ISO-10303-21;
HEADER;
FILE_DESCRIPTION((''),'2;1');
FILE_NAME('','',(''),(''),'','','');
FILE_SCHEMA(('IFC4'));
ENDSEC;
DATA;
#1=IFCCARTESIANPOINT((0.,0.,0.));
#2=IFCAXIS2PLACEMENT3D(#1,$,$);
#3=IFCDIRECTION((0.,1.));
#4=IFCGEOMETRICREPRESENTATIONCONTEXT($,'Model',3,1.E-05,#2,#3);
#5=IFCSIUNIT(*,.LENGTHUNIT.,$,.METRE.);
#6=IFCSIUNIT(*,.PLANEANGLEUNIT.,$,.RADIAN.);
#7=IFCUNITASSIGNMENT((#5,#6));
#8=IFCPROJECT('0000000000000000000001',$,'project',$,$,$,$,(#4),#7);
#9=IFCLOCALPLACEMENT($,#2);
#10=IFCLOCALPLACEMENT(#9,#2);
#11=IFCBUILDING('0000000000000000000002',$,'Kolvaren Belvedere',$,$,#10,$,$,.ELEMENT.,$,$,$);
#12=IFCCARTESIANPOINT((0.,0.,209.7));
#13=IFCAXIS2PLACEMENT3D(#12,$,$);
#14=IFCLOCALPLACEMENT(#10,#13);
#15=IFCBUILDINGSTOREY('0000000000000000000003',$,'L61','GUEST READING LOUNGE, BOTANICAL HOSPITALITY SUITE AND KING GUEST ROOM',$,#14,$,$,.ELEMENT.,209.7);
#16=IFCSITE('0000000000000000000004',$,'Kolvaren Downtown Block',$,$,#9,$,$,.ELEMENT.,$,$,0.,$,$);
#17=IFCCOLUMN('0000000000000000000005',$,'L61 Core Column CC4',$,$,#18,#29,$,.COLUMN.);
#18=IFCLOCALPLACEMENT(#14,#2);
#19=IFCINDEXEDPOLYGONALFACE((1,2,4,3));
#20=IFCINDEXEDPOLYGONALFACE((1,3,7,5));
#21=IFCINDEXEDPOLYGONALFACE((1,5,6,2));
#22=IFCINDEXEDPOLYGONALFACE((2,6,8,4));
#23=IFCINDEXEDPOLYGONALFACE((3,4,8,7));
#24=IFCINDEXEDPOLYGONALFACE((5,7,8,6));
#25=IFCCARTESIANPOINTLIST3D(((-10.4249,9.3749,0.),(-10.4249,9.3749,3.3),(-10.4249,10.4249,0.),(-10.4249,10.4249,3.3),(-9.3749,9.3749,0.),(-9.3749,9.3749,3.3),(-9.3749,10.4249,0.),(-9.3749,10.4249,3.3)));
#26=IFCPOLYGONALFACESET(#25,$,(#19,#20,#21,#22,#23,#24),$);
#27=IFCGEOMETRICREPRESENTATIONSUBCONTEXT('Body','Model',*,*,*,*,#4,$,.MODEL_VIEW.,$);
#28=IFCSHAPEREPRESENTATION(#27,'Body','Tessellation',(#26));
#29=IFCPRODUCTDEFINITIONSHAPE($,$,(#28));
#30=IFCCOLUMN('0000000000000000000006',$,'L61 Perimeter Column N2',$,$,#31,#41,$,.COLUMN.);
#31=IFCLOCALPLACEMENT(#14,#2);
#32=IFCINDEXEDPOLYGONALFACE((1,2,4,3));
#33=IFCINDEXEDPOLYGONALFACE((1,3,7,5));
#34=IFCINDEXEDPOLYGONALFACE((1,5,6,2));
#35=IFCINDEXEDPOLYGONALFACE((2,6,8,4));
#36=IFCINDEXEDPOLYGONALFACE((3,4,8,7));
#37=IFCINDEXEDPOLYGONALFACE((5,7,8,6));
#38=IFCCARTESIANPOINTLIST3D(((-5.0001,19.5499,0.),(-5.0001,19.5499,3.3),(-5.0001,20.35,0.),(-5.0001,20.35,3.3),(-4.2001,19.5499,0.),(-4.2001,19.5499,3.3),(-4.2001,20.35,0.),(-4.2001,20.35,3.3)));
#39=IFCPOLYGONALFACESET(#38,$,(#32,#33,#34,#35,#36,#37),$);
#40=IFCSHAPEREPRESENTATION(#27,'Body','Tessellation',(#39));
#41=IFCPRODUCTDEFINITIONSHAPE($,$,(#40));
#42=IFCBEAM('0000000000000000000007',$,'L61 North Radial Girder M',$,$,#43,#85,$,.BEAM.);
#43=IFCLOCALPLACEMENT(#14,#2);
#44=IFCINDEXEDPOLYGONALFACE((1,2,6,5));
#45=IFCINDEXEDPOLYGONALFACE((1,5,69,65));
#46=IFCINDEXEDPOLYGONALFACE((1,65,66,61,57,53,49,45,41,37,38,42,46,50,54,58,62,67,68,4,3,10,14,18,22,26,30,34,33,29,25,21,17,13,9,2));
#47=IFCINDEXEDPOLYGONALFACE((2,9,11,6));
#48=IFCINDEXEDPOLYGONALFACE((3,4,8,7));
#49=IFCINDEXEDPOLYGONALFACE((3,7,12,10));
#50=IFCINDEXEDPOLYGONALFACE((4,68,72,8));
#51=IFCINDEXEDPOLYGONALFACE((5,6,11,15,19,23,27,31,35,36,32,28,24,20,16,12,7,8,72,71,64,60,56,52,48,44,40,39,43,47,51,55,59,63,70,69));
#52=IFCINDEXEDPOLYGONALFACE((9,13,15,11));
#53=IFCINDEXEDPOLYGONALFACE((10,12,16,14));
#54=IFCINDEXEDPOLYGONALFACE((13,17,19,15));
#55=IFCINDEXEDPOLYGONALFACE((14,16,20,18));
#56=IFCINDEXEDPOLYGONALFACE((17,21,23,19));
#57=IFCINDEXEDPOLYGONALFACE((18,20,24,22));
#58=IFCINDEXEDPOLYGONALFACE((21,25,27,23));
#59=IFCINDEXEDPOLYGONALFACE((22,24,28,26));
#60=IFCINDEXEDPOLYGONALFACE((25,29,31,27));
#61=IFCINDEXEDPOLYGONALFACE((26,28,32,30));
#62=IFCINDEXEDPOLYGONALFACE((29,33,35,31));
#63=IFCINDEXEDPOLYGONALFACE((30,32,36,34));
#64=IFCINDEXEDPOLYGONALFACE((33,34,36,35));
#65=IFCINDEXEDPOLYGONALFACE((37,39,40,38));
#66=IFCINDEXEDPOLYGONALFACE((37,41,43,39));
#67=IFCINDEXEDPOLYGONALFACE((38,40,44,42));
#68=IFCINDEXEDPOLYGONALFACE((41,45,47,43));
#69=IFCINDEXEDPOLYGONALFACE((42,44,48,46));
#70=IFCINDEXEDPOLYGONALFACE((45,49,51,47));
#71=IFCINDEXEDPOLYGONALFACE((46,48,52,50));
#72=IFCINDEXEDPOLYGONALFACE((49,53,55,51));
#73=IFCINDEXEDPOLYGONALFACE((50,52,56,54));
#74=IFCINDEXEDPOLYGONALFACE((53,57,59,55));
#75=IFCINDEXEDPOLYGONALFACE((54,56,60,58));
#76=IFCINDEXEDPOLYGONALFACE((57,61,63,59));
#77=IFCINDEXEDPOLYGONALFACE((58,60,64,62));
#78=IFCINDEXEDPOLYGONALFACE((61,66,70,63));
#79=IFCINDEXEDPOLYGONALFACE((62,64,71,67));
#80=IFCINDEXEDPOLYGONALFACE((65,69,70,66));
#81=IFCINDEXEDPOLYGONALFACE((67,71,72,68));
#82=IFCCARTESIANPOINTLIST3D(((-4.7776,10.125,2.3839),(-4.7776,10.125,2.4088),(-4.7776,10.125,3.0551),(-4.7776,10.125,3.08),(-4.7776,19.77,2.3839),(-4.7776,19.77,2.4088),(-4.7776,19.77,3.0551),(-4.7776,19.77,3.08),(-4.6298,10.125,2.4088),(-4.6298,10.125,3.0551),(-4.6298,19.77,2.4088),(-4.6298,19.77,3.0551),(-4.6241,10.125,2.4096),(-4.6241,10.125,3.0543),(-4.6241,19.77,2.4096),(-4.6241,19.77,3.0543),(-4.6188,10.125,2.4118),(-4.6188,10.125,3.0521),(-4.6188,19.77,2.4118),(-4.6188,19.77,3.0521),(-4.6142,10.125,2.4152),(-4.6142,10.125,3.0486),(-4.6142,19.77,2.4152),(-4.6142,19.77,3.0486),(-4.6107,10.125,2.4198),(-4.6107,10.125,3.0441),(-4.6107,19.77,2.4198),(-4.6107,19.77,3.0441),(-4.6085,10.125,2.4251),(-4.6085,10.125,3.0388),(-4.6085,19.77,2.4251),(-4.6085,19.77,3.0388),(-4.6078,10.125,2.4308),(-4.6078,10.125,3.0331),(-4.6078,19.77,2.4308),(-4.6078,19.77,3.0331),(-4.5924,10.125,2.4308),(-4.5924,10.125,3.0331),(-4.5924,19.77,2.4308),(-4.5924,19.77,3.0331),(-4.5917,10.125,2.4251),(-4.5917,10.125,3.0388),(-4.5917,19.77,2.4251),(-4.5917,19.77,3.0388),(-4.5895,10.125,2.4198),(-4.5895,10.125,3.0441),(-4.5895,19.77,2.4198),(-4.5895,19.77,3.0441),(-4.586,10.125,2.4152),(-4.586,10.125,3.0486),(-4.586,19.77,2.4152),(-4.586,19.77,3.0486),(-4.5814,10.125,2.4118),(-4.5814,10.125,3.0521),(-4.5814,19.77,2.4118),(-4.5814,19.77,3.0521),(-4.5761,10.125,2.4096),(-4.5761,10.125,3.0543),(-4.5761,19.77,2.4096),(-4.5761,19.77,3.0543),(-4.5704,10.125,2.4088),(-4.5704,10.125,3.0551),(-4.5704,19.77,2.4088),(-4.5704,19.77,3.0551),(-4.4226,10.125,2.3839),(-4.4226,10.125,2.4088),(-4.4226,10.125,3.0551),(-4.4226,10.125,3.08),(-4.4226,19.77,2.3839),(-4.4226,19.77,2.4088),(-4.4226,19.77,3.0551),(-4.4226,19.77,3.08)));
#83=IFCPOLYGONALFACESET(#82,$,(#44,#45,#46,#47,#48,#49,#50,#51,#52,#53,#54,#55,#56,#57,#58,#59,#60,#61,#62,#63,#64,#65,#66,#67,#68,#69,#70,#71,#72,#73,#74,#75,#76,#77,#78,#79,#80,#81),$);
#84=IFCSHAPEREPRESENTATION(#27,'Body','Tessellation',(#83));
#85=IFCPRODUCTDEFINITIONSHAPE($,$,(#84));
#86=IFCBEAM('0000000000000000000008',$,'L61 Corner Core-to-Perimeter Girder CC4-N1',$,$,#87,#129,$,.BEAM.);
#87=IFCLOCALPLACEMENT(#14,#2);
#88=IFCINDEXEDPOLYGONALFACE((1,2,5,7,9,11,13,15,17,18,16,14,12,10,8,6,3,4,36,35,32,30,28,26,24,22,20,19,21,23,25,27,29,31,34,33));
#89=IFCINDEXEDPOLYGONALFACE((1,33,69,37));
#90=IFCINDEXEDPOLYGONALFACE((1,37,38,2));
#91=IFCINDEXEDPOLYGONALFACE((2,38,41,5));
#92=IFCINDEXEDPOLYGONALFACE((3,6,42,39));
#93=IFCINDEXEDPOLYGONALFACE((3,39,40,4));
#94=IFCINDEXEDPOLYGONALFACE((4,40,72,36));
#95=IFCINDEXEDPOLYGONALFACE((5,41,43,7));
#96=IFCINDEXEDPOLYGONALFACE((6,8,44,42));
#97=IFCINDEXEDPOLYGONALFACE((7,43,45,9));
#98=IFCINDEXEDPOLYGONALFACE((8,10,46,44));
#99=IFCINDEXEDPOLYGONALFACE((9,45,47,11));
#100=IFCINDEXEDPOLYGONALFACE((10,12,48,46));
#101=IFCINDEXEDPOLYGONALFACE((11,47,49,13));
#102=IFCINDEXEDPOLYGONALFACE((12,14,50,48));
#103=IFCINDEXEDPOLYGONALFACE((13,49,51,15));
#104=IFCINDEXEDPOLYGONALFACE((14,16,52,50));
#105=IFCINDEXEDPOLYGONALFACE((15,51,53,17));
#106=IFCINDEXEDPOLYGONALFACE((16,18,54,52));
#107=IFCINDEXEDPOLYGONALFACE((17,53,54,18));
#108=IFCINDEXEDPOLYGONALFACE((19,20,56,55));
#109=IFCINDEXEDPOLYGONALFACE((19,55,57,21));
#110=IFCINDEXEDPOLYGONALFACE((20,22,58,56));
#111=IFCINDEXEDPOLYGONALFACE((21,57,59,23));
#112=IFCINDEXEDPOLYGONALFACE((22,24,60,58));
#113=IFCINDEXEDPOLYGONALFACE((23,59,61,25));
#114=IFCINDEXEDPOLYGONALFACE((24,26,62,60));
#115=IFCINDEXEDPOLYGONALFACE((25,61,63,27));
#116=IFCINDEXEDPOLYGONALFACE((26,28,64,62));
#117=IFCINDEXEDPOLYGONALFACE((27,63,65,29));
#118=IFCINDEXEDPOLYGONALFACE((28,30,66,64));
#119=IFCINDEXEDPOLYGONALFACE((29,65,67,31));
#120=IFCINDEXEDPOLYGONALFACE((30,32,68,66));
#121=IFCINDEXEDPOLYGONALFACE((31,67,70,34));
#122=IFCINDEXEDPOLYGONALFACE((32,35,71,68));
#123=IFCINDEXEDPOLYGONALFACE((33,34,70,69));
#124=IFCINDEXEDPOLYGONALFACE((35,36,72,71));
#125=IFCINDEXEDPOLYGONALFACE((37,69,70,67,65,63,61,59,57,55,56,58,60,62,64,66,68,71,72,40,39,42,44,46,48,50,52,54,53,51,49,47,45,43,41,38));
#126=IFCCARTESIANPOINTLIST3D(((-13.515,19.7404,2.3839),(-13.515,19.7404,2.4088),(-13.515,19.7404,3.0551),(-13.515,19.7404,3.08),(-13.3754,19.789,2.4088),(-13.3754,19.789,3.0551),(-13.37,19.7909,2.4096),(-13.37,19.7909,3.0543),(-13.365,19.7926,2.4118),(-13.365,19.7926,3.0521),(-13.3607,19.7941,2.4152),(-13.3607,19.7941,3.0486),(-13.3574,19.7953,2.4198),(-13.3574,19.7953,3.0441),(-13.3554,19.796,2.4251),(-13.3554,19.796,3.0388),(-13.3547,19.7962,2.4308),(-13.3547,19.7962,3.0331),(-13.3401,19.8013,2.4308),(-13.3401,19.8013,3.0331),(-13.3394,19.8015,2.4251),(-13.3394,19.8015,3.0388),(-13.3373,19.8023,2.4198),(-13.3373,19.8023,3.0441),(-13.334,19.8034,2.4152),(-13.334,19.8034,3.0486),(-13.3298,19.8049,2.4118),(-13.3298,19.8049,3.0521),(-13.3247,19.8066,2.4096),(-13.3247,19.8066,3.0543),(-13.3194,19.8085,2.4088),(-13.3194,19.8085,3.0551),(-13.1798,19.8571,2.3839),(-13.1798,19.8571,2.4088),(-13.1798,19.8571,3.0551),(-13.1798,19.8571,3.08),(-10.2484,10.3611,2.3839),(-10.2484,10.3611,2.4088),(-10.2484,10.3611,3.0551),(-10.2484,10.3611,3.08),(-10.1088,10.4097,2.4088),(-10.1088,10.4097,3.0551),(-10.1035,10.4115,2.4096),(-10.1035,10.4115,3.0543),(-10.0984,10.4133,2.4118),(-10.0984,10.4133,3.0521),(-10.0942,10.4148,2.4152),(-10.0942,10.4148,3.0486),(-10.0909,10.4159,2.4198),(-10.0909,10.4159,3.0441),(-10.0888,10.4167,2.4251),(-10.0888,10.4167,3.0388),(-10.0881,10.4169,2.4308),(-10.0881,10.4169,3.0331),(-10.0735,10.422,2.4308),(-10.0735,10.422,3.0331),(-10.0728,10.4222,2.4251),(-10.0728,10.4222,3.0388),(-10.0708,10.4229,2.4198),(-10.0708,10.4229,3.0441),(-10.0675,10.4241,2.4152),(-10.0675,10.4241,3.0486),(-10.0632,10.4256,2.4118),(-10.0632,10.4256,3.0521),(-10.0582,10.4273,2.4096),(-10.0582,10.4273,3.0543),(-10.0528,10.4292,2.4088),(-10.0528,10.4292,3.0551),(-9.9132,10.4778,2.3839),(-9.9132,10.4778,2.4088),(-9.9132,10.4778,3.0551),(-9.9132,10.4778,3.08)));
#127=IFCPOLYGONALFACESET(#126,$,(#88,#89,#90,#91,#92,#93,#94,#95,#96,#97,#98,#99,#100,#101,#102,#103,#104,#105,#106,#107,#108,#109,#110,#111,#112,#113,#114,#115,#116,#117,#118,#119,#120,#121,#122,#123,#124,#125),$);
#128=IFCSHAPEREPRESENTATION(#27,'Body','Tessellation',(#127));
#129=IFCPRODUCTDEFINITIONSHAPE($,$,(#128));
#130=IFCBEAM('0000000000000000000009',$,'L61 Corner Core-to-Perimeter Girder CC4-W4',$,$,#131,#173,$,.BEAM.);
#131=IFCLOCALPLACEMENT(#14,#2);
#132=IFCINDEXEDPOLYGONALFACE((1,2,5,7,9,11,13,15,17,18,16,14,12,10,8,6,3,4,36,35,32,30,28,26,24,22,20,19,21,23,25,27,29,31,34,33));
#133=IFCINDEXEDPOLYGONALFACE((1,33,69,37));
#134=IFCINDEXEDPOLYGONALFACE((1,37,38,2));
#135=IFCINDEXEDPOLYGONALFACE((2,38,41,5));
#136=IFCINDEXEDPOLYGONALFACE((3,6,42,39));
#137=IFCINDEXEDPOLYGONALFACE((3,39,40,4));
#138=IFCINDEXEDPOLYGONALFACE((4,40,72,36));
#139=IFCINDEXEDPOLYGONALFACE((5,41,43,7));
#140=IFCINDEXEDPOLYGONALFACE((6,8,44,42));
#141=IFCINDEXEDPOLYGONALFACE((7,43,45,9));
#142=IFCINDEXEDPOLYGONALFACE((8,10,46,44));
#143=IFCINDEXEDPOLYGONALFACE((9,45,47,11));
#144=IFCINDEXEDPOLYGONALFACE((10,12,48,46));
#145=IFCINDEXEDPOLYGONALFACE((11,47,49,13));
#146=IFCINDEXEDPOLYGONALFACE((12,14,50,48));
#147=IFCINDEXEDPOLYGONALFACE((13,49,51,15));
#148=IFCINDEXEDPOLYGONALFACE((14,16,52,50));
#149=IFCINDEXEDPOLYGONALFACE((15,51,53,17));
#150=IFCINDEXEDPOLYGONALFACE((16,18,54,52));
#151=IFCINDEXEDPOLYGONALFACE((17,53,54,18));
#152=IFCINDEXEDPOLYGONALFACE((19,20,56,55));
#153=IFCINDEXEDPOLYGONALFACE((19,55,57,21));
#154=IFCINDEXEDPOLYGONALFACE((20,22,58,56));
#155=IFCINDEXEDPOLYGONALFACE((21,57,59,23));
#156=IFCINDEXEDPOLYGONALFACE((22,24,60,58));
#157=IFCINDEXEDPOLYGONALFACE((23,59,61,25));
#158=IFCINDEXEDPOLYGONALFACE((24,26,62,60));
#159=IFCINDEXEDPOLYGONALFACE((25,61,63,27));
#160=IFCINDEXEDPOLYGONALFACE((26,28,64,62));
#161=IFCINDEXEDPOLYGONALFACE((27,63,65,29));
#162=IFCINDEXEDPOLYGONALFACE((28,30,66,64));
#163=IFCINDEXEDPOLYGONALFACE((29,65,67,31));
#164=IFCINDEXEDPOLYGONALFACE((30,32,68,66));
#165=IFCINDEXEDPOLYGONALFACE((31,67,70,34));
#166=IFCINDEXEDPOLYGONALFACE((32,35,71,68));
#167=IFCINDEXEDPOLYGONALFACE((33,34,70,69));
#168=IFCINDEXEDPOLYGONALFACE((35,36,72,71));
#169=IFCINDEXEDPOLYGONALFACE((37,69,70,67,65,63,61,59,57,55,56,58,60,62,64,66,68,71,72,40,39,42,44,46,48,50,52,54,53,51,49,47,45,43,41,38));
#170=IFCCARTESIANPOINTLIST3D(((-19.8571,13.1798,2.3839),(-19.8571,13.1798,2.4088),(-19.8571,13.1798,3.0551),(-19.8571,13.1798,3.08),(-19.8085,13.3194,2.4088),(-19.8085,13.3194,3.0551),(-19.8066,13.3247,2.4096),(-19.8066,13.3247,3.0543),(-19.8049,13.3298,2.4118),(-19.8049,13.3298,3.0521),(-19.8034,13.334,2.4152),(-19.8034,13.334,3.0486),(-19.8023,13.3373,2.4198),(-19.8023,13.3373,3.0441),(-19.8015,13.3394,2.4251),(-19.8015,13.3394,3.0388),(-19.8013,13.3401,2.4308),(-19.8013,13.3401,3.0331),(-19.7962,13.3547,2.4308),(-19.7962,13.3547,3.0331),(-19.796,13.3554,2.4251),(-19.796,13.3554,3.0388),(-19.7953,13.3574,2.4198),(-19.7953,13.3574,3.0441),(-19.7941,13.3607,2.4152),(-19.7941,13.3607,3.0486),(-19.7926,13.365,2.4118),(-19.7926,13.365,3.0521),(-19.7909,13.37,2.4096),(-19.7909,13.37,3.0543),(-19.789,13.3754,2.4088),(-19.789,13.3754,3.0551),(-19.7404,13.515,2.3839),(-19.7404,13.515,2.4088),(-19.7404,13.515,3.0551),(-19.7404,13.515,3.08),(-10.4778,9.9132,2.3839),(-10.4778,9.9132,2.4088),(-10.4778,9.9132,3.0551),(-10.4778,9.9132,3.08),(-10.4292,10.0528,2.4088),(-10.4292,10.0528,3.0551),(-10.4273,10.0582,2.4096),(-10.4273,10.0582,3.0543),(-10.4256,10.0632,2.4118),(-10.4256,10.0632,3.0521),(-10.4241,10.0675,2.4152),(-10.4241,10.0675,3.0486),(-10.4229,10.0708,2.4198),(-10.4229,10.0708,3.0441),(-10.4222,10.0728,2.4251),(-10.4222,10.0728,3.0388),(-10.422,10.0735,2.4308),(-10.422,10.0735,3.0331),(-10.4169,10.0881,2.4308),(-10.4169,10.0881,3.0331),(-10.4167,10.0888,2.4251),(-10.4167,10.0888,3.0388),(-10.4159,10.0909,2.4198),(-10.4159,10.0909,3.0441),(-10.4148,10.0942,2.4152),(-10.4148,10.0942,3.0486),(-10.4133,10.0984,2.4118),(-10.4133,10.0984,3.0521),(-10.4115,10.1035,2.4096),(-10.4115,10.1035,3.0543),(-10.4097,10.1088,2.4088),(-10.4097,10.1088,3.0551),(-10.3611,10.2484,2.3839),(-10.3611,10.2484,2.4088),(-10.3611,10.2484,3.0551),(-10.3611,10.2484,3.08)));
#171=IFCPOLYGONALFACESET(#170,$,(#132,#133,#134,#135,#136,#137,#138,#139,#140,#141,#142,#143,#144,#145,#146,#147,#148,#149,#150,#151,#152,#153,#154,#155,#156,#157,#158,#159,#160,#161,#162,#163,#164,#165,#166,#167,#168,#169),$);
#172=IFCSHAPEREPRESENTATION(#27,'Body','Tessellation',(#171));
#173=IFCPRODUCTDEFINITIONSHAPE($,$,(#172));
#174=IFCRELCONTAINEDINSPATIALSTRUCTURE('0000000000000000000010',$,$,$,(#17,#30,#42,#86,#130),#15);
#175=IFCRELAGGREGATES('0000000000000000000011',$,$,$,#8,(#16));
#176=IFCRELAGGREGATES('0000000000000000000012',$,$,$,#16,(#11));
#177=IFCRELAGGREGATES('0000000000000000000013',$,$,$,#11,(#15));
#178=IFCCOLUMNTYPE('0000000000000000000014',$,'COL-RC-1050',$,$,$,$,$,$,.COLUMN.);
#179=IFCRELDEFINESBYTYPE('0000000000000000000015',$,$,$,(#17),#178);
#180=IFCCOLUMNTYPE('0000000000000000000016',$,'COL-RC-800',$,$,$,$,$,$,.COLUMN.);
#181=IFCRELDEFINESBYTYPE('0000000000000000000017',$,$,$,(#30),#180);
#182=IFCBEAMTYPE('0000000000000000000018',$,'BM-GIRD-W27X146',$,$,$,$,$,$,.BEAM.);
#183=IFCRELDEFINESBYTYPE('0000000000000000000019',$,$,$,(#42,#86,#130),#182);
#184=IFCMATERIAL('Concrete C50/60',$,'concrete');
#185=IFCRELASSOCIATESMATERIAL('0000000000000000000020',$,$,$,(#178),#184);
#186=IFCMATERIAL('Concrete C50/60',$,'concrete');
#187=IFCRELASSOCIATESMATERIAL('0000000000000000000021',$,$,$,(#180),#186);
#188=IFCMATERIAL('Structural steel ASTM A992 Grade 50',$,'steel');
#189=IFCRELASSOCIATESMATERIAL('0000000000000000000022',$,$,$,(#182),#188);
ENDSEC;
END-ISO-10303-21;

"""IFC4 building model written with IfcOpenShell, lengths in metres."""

from ifc_helpers import new_model, si_unit, direction, frame, origin, origin_2d, place, context, subcontext, project, spatial, rectangle, i_section, extrude, material, material_profile, profile_set, type_object, element, save


model = new_model("IFC4")

# Units and contexts
model_context = context("Model", 3, precision=1e-05, world=origin(), true_north=direction((0.0, 1.0)))
body_context = subcontext(model_context, "Body", "Model", "MODEL_VIEW")
ifc_project = project(units=[si_unit("LENGTHUNIT", "METRE"), si_unit("PLANEANGLEUNIT", "RADIAN")], contexts=[model_context])

# Site, building, storey
site_placement = place(None, origin())
site = spatial("IfcSite", under=ifc_project, at=site_placement, Name="Kolvaren Downtown Block", CompositionType="ELEMENT", RefElevation=0.0)
building_placement = place(site_placement, origin())
building = spatial("IfcBuilding", under=site, at=building_placement, Name="Kolvaren Belvedere", CompositionType="ELEMENT")
storey_placement = place(building_placement, frame((0.0, 0.0, 209.7)))
storey = spatial("IfcBuildingStorey", under=building, at=storey_placement, Name="L61", Description="GUEST READING LOUNGE, BOTANICAL HOSPITALITY SUITE AND KING GUEST ROOM", CompositionType="ELEMENT", Elevation=209.7)

# Columns
ifc_material_1 = material(Name="Concrete C50/60", Category="concrete")
ifc_material_profile_1 = material_profile(ifc_material_1, rectangle(XDim=1.05, YDim=1.05, at=origin_2d()), Name="RC 1050X1050")
ifc_profile_set_1 = profile_set([ifc_material_profile_1], Name="Concrete C50/60")
column_type_1 = type_object("IfcColumnType", Name="COL-RC-1050", PredefinedType="COLUMN", material=ifc_profile_set_1)
column_1_placement = place(storey_placement, frame((-9.8999, 9.8999, 0.0), z_axis=(0.0, 0.0, 1.0), x_axis=(1.0, 0.0, 0.0)))
element("IfcColumn", 1, at=column_1_placement, inside=storey, type_object=column_type_1, Name="L61 Core Column CC4", PredefinedType="COLUMN", context=body_context, shape_type="SweptSolid", body=[
    extrude(rectangle(XDim=1.05, YDim=1.05, at=origin_2d()), origin(), (0.0, 0.0, 1.0), 3.3),
])
ifc_material_2 = material(Name="Concrete C50/60", Category="concrete")
ifc_material_profile_2 = material_profile(ifc_material_2, rectangle(XDim=0.8, YDim=0.8, at=origin_2d()), Name="RC 800X800")
ifc_profile_set_2 = profile_set([ifc_material_profile_2], Name="Concrete C50/60")
column_type_2 = type_object("IfcColumnType", Name="COL-RC-800", PredefinedType="COLUMN", material=ifc_profile_set_2)
column_2_placement = place(storey_placement, frame((-4.6001, 19.95, 0.0), z_axis=(0.0, 0.0, 1.0), x_axis=(1.0, 0.0, 0.0)))
element("IfcColumn", 2, at=column_2_placement, inside=storey, type_object=column_type_2, Name="L61 Perimeter Column N2", PredefinedType="COLUMN", context=body_context, shape_type="SweptSolid", body=[
    extrude(rectangle(XDim=0.8, YDim=0.8, at=origin_2d()), origin(), (0.0, 0.0, 1.0), 3.3),
])

# Beams
ifc_material_3 = material(Name="Structural steel ASTM A992 Grade 50", Category="steel")
ifc_material_profile_3 = material_profile(ifc_material_3, i_section(OverallWidth=0.355, OverallDepth=0.696, WebThickness=0.0154, FlangeThickness=0.0249, FilletRadius=0.022, at=origin_2d()), Name="W27X146")
ifc_profile_set_3 = profile_set([ifc_material_profile_3], Name="Structural steel ASTM A992 Grade 50")
beam_type_1 = type_object("IfcBeamType", Name="BM-GIRD-W27X146", PredefinedType="BEAM", material=ifc_profile_set_3)
beam_1_placement = place(storey_placement, frame((-4.6001, 10.125, 2.7319), z_axis=(0.0, 1.0, 0.0), x_axis=(-1.0, 0.0, 0.0)))
element("IfcBeam", 3, at=beam_1_placement, inside=storey, type_object=beam_type_1, Name="L61 North Radial Girder M", PredefinedType="BEAM", context=body_context, shape_type="SweptSolid", body=[
    extrude(i_section(OverallWidth=0.355, OverallDepth=0.696, WebThickness=0.0154, FlangeThickness=0.0249, FilletRadius=0.022, at=origin_2d()), origin(), (0.0, 0.0, 1.0), 9.645),
])
for number, where, z_axis, x_axis, name in (
    (4, (-10.0808, 10.4194, 2.7319), (-0.328898, 0.944365, 0.0), (-0.944365, -0.328898, 0.0), "L61 Corner Core-to-Perimeter Girder CC4-N1"),
    (5, (-10.4194, 10.0808, 2.7319), (-0.944365, 0.328898, 0.0), (-0.328898, -0.944365, 0.0), "L61 Corner Core-to-Perimeter Girder CC4-W4"),
):
    element("IfcBeam", number, at=place(storey_placement, frame(where, z_axis=z_axis, x_axis=x_axis)), inside=storey, type_object=beam_type_1, Name=name, PredefinedType="BEAM", context=body_context, shape_type="SweptSolid", body=[
        extrude(i_section(OverallWidth=0.355, OverallDepth=0.696, WebThickness=0.0154, FlangeThickness=0.0249, FilletRadius=0.022, at=origin_2d()), origin(), (0.0, 0.0, 1.0), 9.9319),
    ])

save(model, "model.ifc")
